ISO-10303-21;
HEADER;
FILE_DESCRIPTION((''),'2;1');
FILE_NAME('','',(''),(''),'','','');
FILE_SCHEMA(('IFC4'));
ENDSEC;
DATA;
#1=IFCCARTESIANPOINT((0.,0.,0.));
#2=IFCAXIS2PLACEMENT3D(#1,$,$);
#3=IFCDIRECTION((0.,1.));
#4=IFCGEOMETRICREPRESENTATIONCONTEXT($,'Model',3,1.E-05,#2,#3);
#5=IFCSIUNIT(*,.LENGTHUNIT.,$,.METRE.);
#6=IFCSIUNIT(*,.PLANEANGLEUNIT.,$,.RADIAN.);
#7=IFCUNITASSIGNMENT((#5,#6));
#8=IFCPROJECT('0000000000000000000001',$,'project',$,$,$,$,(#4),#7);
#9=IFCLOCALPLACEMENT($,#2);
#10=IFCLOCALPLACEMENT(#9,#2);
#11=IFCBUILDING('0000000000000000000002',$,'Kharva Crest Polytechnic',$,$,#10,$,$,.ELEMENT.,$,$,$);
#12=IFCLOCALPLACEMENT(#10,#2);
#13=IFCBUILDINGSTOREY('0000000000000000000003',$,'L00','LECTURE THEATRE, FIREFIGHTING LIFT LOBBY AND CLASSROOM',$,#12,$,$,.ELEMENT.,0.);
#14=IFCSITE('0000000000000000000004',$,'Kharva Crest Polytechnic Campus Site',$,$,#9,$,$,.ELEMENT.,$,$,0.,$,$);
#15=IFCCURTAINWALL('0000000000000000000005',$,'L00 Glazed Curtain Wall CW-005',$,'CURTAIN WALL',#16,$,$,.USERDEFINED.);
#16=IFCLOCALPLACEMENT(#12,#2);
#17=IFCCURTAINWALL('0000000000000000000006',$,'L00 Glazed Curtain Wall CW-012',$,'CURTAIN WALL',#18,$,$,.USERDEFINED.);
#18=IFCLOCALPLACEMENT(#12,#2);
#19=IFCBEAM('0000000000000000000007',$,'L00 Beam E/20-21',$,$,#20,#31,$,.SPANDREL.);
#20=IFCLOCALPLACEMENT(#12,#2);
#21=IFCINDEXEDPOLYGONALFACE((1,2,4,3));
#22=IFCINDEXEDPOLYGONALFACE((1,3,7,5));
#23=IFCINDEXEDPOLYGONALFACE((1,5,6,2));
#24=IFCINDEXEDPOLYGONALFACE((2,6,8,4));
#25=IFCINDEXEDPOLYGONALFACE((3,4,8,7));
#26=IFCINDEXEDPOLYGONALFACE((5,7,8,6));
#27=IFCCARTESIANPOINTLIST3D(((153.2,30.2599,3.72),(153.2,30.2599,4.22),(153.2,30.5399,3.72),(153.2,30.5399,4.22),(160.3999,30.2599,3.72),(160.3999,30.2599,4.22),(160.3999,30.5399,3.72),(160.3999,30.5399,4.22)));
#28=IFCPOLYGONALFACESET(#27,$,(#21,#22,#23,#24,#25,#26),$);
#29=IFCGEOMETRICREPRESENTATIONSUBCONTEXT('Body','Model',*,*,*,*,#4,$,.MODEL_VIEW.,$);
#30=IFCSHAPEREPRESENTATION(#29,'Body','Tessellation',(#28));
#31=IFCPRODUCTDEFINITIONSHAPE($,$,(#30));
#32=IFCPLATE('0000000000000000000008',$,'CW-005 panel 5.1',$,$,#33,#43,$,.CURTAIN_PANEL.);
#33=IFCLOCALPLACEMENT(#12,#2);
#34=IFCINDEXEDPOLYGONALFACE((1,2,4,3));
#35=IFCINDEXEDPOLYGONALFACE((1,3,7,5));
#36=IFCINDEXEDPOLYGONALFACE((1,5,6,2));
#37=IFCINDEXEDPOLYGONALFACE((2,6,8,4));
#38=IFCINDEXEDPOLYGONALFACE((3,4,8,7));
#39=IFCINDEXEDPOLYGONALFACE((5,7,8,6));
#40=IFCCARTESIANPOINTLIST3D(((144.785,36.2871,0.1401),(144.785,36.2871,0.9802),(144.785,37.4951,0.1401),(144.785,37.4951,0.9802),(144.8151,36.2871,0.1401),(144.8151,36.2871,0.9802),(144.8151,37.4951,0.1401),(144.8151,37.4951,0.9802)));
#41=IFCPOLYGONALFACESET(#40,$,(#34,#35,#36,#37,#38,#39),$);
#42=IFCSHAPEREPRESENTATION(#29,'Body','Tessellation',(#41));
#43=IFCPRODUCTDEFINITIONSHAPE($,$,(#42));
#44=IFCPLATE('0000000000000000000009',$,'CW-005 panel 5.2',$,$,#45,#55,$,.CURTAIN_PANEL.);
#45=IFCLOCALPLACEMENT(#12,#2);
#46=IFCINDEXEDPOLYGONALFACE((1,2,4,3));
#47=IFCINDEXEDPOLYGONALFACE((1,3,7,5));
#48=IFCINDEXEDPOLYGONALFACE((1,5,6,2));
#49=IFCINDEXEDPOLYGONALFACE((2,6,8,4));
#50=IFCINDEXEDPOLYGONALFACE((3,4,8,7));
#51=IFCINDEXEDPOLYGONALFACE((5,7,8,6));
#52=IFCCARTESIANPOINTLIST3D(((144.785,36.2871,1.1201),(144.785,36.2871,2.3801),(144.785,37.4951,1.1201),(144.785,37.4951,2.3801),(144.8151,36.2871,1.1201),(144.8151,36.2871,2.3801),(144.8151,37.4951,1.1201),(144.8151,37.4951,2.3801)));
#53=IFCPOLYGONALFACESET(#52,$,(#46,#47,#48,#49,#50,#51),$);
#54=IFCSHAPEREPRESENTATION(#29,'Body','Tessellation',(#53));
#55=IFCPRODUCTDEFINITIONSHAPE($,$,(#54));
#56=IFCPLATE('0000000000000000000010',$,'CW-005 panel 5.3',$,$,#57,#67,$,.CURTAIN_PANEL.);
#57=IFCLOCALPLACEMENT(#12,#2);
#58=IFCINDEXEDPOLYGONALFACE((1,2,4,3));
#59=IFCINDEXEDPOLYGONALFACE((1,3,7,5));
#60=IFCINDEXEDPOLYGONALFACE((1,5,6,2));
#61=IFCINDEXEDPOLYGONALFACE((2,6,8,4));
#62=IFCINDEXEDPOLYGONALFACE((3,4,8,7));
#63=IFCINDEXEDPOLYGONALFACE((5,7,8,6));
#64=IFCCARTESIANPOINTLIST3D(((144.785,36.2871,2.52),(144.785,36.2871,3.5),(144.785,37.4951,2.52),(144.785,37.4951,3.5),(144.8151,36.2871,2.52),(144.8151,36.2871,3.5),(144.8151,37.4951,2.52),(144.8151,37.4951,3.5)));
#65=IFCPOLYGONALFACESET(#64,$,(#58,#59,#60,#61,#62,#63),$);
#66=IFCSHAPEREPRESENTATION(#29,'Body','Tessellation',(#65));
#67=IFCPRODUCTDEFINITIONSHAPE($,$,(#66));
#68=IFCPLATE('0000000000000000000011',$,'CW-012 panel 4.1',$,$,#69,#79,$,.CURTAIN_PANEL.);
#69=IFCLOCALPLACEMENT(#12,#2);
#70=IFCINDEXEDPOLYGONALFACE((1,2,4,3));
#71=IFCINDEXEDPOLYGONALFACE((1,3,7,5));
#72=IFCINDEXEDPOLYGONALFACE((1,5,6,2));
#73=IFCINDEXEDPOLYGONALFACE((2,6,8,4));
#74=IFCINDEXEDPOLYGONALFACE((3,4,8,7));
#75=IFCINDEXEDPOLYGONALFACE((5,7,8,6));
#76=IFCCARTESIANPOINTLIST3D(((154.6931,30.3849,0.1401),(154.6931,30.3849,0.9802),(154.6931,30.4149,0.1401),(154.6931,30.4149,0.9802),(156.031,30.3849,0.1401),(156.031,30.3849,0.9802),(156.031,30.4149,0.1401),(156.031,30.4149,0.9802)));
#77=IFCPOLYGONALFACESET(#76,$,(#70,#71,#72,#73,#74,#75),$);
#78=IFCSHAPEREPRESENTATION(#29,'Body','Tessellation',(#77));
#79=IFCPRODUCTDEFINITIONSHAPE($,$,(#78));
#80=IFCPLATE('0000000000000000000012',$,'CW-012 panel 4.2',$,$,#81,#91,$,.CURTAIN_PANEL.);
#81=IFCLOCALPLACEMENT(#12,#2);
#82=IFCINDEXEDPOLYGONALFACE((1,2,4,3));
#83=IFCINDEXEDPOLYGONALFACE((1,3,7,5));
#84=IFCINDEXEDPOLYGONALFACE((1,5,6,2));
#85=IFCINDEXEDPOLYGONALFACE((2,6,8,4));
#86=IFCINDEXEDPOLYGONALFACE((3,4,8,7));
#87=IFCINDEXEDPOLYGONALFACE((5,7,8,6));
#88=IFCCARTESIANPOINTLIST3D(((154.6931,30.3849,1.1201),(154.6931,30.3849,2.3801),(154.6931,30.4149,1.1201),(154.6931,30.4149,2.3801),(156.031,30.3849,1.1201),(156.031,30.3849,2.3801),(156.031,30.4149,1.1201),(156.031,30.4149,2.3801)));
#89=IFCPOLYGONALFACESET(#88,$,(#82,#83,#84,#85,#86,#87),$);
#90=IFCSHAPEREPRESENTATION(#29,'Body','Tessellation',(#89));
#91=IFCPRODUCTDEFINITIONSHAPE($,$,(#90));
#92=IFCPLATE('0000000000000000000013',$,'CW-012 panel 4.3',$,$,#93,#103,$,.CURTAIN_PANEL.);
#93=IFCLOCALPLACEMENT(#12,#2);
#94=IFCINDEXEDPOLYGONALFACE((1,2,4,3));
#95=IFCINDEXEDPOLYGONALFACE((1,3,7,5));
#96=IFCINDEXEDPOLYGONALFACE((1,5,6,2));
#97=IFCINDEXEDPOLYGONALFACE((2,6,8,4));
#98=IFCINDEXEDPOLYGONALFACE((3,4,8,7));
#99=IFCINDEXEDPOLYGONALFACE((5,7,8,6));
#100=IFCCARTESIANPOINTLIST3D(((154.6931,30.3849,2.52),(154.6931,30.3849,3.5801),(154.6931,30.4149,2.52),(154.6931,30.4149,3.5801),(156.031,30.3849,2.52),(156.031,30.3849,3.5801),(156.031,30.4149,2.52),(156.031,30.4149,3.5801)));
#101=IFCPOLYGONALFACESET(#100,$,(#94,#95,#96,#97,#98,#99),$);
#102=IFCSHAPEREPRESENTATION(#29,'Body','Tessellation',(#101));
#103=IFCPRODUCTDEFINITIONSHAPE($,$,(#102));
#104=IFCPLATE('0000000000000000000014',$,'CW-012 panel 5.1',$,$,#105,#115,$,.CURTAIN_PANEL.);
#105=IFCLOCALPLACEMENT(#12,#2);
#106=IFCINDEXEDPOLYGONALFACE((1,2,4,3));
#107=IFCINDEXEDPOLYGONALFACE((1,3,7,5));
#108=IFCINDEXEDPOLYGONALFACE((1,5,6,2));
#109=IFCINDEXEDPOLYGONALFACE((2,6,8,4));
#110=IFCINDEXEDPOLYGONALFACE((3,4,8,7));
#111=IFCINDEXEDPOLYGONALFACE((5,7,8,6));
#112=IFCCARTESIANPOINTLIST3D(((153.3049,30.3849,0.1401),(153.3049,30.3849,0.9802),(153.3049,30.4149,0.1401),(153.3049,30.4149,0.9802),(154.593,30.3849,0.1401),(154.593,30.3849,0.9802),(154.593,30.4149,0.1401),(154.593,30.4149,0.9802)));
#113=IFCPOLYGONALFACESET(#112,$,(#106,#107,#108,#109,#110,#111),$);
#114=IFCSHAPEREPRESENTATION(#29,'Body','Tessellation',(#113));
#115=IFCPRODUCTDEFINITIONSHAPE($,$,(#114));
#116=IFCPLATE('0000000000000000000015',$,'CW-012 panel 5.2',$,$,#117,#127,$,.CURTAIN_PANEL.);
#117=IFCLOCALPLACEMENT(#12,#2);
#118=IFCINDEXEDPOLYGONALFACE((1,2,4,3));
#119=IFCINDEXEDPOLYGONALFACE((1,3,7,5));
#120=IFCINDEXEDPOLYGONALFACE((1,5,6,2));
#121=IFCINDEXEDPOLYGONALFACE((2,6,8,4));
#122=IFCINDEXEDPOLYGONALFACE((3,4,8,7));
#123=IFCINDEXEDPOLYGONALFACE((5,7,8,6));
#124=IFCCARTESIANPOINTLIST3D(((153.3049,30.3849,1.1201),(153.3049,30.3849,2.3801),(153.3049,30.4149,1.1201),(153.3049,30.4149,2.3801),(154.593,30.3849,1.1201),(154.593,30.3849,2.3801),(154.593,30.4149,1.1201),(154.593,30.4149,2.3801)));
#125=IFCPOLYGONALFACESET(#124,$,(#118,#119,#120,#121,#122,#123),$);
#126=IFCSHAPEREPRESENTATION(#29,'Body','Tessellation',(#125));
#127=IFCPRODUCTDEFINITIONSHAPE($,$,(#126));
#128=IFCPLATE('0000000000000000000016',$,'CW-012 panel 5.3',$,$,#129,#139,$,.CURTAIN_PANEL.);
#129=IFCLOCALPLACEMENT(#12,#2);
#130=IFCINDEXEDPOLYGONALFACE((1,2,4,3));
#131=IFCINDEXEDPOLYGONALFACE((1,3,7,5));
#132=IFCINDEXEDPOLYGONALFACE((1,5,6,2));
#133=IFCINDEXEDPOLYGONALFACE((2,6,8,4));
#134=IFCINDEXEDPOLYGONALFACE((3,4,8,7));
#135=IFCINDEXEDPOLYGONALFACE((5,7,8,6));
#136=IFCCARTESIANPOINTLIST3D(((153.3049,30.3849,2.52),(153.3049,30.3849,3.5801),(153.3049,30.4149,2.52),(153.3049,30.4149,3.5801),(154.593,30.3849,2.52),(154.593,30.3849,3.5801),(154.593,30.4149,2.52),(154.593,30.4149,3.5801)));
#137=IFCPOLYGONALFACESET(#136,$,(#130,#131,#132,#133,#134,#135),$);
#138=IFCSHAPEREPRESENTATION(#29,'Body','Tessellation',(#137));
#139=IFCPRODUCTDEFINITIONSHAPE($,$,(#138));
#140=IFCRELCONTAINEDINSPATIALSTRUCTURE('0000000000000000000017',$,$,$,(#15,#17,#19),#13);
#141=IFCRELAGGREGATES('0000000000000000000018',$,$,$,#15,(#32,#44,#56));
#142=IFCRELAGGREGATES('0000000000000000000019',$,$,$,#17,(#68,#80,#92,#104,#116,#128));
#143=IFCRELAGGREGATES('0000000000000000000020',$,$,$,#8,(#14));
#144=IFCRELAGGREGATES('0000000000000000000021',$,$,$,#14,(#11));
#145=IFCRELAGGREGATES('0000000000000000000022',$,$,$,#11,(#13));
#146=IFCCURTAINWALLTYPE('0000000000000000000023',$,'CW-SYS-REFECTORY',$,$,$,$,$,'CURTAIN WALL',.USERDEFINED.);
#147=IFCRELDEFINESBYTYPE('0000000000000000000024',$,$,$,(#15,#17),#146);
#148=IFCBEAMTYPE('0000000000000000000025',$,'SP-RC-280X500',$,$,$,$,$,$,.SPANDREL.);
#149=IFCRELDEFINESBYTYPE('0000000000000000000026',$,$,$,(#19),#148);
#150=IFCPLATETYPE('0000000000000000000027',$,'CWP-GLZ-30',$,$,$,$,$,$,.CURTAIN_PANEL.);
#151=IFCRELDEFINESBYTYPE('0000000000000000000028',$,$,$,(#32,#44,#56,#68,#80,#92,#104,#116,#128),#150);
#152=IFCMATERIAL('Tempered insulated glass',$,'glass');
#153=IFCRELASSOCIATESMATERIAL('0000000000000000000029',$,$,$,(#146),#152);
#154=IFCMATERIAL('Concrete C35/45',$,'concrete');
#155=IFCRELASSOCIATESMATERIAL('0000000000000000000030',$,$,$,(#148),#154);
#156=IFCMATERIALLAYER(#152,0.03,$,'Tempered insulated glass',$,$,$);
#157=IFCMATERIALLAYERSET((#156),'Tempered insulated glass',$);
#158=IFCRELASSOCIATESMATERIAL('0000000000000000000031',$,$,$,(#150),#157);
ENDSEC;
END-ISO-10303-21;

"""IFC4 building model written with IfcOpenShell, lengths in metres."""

from ifc_helpers import new_model, si_unit, direction, frame, origin, origin_2d, place, context, subcontext, project, spatial, rectangle, extrude, material, layer, layer_set, material_profile, profile_set, type_object, element, aggregate, save


model = new_model("IFC4")

# Units and contexts
model_context = context("Model", 3, precision=1e-05, world=origin(), true_north=direction((0.0, 1.0)))
body_context = subcontext(model_context, "Body", "Model", "MODEL_VIEW")
ifc_project = project(units=[si_unit("LENGTHUNIT", "METRE"), si_unit("PLANEANGLEUNIT", "RADIAN")], contexts=[model_context])

# Site, building, storey
site_placement = place(None, origin())
site = spatial("IfcSite", under=ifc_project, at=site_placement, Name="Kharva Crest Polytechnic Campus Site", CompositionType="ELEMENT", RefElevation=0.0)
building_placement = place(site_placement, origin())
building = spatial("IfcBuilding", under=site, at=building_placement, Name="Kharva Crest Polytechnic", CompositionType="ELEMENT")
storey_placement = place(building_placement, origin())
storey = spatial("IfcBuildingStorey", under=building, at=storey_placement, Name="L00", Description="LECTURE THEATRE, FIREFIGHTING LIFT LOBBY AND CLASSROOM", CompositionType="ELEMENT", Elevation=0.0)

# Curtain walls
ifc_material_1 = material(Name="Tempered insulated glass", Category="glass")
curtain_wall_type = type_object("IfcCurtainWallType", Name="CW-SYS-REFECTORY", ElementType="CURTAIN WALL", PredefinedType="USERDEFINED", material=ifc_material_1)
curtain_wall_1_placement = place(storey_placement, origin())
curtain_wall_1 = element("IfcCurtainWall", 1, at=curtain_wall_1_placement, inside=storey, type_object=curtain_wall_type, Name="L00 Glazed Curtain Wall CW-005", ObjectType="CURTAIN WALL", PredefinedType="USERDEFINED")
curtain_wall_2_placement = place(storey_placement, origin())
curtain_wall_2 = element("IfcCurtainWall", 2, at=curtain_wall_2_placement, inside=storey, type_object=curtain_wall_type, Name="L00 Glazed Curtain Wall CW-012", ObjectType="CURTAIN WALL", PredefinedType="USERDEFINED")

# Beam
ifc_material_2 = material(Name="Concrete C35/45", Category="concrete")
ifc_material_profile_1 = material_profile(ifc_material_2, rectangle(XDim=0.28, YDim=0.5, at=origin_2d()), Name="RECT 280 X 500")
ifc_profile_set_1 = profile_set([ifc_material_profile_1], Name="Concrete C35/45")
beam_type = type_object("IfcBeamType", Name="SP-RC-280X500", PredefinedType="SPANDREL", material=ifc_profile_set_1)
beam_placement = place(storey_placement, frame((153.2, 30.3999, 3.97), z_axis=(1.0, 0.0, 0.0), x_axis=(0.0, 1.0, 0.0)))
element("IfcBeam", 3, at=beam_placement, inside=storey, type_object=beam_type, Name="L00 Beam E/20-21", PredefinedType="SPANDREL", context=body_context, shape_type="SweptSolid", body=[
    extrude(rectangle(XDim=0.28, YDim=0.5, at=origin_2d()), origin(), (0.0, 0.0, 1.0), 7.2),
])

# Plates
ifc_layer = layer(ifc_material_1, 0.03, Name="Tempered insulated glass")
ifc_layer_set = layer_set([ifc_layer], Name="Tempered insulated glass")
plate_type = type_object("IfcPlateType", Name="CWP-GLZ-30", PredefinedType="CURTAIN_PANEL", material=ifc_layer_set)
plate_1_placement = place(storey_placement, frame((144.8, 36.8911, 0.1401), z_axis=(0.0, 0.0, 1.0), x_axis=(0.0, 1.0, 0.0)))
plate_1 = element("IfcPlate", 4, at=plate_1_placement, type_object=plate_type, Name="CW-005 panel 5.1", PredefinedType="CURTAIN_PANEL", context=body_context, shape_type="SweptSolid", body=[
    extrude(rectangle(XDim=1.208, YDim=0.03, at=origin_2d()), origin(), (0.0, 0.0, 1.0), 0.8401),
])
plate_2_placement = place(storey_placement, frame((144.8, 36.8911, 1.1201), z_axis=(0.0, 0.0, 1.0), x_axis=(0.0, 1.0, 0.0)))
plate_2 = element("IfcPlate", 5, at=plate_2_placement, type_object=plate_type, Name="CW-005 panel 5.2", PredefinedType="CURTAIN_PANEL", context=body_context, shape_type="SweptSolid", body=[
    extrude(rectangle(XDim=1.208, YDim=0.03, at=origin_2d()), origin(), (0.0, 0.0, 1.0), 1.26),
])
plate_3_placement = place(storey_placement, frame((144.8, 36.8911, 2.52), z_axis=(0.0, 0.0, 1.0), x_axis=(0.0, 1.0, 0.0)))
plate_3 = element("IfcPlate", 6, at=plate_3_placement, type_object=plate_type, Name="CW-005 panel 5.3", PredefinedType="CURTAIN_PANEL", context=body_context, shape_type="SweptSolid", body=[
    extrude(rectangle(XDim=1.208, YDim=0.03, at=origin_2d()), origin(), (0.0, 0.0, 1.0), 0.98),
])
aggregate(curtain_wall_1, [plate_1, plate_2, plate_3])
plate_4_placement = place(storey_placement, frame((155.3621, 30.3999, 0.1401), z_axis=(0.0, 0.0, 1.0), x_axis=(-1.0, 0.0, 0.0)))
plate_4 = element("IfcPlate", 7, at=plate_4_placement, type_object=plate_type, Name="CW-012 panel 4.1", PredefinedType="CURTAIN_PANEL", context=body_context, shape_type="SweptSolid", body=[
    extrude(rectangle(XDim=1.3379, YDim=0.03, at=origin_2d()), origin(), (0.0, 0.0, 1.0), 0.8401),
])
plate_5_placement = place(storey_placement, frame((155.3621, 30.3999, 1.1201), z_axis=(0.0, 0.0, 1.0), x_axis=(-1.0, 0.0, 0.0)))
plate_5 = element("IfcPlate", 8, at=plate_5_placement, type_object=plate_type, Name="CW-012 panel 4.2", PredefinedType="CURTAIN_PANEL", context=body_context, shape_type="SweptSolid", body=[
    extrude(rectangle(XDim=1.3379, YDim=0.03, at=origin_2d()), origin(), (0.0, 0.0, 1.0), 1.26),
])
plate_6_placement = place(storey_placement, frame((155.3621, 30.3999, 2.52), z_axis=(0.0, 0.0, 1.0), x_axis=(-1.0, 0.0, 0.0)))
plate_6 = element("IfcPlate", 9, at=plate_6_placement, type_object=plate_type, Name="CW-012 panel 4.3", PredefinedType="CURTAIN_PANEL", context=body_context, shape_type="SweptSolid", body=[
    extrude(rectangle(XDim=1.3379, YDim=0.03, at=origin_2d()), origin(), (0.0, 0.0, 1.0), 1.0601),
])
plate_7_placement = place(storey_placement, frame((153.949, 30.3999, 0.1401), z_axis=(0.0, 0.0, 1.0), x_axis=(-1.0, 0.0, 0.0)))
plate_7 = element("IfcPlate", 10, at=plate_7_placement, type_object=plate_type, Name="CW-012 panel 5.1", PredefinedType="CURTAIN_PANEL", context=body_context, shape_type="SweptSolid", body=[
    extrude(rectangle(XDim=1.2881, YDim=0.03, at=origin_2d()), origin(), (0.0, 0.0, 1.0), 0.8401),
])
plate_8_placement = place(storey_placement, frame((153.949, 30.3999, 1.1201), z_axis=(0.0, 0.0, 1.0), x_axis=(-1.0, 0.0, 0.0)))
plate_8 = element("IfcPlate", 11, at=plate_8_placement, type_object=plate_type, Name="CW-012 panel 5.2", PredefinedType="CURTAIN_PANEL", context=body_context, shape_type="SweptSolid", body=[
    extrude(rectangle(XDim=1.2881, YDim=0.03, at=origin_2d()), origin(), (0.0, 0.0, 1.0), 1.26),
])
plate_9_placement = place(storey_placement, frame((153.949, 30.3999, 2.52), z_axis=(0.0, 0.0, 1.0), x_axis=(-1.0, 0.0, 0.0)))
plate_9 = element("IfcPlate", 12, at=plate_9_placement, type_object=plate_type, Name="CW-012 panel 5.3", PredefinedType="CURTAIN_PANEL", context=body_context, shape_type="SweptSolid", body=[
    extrude(rectangle(XDim=1.2881, YDim=0.03, at=origin_2d()), origin(), (0.0, 0.0, 1.0), 1.0601),
])
aggregate(curtain_wall_2, [plate_4, plate_5, plate_6, plate_7, plate_8, plate_9])

save(model, "model.ifc")
